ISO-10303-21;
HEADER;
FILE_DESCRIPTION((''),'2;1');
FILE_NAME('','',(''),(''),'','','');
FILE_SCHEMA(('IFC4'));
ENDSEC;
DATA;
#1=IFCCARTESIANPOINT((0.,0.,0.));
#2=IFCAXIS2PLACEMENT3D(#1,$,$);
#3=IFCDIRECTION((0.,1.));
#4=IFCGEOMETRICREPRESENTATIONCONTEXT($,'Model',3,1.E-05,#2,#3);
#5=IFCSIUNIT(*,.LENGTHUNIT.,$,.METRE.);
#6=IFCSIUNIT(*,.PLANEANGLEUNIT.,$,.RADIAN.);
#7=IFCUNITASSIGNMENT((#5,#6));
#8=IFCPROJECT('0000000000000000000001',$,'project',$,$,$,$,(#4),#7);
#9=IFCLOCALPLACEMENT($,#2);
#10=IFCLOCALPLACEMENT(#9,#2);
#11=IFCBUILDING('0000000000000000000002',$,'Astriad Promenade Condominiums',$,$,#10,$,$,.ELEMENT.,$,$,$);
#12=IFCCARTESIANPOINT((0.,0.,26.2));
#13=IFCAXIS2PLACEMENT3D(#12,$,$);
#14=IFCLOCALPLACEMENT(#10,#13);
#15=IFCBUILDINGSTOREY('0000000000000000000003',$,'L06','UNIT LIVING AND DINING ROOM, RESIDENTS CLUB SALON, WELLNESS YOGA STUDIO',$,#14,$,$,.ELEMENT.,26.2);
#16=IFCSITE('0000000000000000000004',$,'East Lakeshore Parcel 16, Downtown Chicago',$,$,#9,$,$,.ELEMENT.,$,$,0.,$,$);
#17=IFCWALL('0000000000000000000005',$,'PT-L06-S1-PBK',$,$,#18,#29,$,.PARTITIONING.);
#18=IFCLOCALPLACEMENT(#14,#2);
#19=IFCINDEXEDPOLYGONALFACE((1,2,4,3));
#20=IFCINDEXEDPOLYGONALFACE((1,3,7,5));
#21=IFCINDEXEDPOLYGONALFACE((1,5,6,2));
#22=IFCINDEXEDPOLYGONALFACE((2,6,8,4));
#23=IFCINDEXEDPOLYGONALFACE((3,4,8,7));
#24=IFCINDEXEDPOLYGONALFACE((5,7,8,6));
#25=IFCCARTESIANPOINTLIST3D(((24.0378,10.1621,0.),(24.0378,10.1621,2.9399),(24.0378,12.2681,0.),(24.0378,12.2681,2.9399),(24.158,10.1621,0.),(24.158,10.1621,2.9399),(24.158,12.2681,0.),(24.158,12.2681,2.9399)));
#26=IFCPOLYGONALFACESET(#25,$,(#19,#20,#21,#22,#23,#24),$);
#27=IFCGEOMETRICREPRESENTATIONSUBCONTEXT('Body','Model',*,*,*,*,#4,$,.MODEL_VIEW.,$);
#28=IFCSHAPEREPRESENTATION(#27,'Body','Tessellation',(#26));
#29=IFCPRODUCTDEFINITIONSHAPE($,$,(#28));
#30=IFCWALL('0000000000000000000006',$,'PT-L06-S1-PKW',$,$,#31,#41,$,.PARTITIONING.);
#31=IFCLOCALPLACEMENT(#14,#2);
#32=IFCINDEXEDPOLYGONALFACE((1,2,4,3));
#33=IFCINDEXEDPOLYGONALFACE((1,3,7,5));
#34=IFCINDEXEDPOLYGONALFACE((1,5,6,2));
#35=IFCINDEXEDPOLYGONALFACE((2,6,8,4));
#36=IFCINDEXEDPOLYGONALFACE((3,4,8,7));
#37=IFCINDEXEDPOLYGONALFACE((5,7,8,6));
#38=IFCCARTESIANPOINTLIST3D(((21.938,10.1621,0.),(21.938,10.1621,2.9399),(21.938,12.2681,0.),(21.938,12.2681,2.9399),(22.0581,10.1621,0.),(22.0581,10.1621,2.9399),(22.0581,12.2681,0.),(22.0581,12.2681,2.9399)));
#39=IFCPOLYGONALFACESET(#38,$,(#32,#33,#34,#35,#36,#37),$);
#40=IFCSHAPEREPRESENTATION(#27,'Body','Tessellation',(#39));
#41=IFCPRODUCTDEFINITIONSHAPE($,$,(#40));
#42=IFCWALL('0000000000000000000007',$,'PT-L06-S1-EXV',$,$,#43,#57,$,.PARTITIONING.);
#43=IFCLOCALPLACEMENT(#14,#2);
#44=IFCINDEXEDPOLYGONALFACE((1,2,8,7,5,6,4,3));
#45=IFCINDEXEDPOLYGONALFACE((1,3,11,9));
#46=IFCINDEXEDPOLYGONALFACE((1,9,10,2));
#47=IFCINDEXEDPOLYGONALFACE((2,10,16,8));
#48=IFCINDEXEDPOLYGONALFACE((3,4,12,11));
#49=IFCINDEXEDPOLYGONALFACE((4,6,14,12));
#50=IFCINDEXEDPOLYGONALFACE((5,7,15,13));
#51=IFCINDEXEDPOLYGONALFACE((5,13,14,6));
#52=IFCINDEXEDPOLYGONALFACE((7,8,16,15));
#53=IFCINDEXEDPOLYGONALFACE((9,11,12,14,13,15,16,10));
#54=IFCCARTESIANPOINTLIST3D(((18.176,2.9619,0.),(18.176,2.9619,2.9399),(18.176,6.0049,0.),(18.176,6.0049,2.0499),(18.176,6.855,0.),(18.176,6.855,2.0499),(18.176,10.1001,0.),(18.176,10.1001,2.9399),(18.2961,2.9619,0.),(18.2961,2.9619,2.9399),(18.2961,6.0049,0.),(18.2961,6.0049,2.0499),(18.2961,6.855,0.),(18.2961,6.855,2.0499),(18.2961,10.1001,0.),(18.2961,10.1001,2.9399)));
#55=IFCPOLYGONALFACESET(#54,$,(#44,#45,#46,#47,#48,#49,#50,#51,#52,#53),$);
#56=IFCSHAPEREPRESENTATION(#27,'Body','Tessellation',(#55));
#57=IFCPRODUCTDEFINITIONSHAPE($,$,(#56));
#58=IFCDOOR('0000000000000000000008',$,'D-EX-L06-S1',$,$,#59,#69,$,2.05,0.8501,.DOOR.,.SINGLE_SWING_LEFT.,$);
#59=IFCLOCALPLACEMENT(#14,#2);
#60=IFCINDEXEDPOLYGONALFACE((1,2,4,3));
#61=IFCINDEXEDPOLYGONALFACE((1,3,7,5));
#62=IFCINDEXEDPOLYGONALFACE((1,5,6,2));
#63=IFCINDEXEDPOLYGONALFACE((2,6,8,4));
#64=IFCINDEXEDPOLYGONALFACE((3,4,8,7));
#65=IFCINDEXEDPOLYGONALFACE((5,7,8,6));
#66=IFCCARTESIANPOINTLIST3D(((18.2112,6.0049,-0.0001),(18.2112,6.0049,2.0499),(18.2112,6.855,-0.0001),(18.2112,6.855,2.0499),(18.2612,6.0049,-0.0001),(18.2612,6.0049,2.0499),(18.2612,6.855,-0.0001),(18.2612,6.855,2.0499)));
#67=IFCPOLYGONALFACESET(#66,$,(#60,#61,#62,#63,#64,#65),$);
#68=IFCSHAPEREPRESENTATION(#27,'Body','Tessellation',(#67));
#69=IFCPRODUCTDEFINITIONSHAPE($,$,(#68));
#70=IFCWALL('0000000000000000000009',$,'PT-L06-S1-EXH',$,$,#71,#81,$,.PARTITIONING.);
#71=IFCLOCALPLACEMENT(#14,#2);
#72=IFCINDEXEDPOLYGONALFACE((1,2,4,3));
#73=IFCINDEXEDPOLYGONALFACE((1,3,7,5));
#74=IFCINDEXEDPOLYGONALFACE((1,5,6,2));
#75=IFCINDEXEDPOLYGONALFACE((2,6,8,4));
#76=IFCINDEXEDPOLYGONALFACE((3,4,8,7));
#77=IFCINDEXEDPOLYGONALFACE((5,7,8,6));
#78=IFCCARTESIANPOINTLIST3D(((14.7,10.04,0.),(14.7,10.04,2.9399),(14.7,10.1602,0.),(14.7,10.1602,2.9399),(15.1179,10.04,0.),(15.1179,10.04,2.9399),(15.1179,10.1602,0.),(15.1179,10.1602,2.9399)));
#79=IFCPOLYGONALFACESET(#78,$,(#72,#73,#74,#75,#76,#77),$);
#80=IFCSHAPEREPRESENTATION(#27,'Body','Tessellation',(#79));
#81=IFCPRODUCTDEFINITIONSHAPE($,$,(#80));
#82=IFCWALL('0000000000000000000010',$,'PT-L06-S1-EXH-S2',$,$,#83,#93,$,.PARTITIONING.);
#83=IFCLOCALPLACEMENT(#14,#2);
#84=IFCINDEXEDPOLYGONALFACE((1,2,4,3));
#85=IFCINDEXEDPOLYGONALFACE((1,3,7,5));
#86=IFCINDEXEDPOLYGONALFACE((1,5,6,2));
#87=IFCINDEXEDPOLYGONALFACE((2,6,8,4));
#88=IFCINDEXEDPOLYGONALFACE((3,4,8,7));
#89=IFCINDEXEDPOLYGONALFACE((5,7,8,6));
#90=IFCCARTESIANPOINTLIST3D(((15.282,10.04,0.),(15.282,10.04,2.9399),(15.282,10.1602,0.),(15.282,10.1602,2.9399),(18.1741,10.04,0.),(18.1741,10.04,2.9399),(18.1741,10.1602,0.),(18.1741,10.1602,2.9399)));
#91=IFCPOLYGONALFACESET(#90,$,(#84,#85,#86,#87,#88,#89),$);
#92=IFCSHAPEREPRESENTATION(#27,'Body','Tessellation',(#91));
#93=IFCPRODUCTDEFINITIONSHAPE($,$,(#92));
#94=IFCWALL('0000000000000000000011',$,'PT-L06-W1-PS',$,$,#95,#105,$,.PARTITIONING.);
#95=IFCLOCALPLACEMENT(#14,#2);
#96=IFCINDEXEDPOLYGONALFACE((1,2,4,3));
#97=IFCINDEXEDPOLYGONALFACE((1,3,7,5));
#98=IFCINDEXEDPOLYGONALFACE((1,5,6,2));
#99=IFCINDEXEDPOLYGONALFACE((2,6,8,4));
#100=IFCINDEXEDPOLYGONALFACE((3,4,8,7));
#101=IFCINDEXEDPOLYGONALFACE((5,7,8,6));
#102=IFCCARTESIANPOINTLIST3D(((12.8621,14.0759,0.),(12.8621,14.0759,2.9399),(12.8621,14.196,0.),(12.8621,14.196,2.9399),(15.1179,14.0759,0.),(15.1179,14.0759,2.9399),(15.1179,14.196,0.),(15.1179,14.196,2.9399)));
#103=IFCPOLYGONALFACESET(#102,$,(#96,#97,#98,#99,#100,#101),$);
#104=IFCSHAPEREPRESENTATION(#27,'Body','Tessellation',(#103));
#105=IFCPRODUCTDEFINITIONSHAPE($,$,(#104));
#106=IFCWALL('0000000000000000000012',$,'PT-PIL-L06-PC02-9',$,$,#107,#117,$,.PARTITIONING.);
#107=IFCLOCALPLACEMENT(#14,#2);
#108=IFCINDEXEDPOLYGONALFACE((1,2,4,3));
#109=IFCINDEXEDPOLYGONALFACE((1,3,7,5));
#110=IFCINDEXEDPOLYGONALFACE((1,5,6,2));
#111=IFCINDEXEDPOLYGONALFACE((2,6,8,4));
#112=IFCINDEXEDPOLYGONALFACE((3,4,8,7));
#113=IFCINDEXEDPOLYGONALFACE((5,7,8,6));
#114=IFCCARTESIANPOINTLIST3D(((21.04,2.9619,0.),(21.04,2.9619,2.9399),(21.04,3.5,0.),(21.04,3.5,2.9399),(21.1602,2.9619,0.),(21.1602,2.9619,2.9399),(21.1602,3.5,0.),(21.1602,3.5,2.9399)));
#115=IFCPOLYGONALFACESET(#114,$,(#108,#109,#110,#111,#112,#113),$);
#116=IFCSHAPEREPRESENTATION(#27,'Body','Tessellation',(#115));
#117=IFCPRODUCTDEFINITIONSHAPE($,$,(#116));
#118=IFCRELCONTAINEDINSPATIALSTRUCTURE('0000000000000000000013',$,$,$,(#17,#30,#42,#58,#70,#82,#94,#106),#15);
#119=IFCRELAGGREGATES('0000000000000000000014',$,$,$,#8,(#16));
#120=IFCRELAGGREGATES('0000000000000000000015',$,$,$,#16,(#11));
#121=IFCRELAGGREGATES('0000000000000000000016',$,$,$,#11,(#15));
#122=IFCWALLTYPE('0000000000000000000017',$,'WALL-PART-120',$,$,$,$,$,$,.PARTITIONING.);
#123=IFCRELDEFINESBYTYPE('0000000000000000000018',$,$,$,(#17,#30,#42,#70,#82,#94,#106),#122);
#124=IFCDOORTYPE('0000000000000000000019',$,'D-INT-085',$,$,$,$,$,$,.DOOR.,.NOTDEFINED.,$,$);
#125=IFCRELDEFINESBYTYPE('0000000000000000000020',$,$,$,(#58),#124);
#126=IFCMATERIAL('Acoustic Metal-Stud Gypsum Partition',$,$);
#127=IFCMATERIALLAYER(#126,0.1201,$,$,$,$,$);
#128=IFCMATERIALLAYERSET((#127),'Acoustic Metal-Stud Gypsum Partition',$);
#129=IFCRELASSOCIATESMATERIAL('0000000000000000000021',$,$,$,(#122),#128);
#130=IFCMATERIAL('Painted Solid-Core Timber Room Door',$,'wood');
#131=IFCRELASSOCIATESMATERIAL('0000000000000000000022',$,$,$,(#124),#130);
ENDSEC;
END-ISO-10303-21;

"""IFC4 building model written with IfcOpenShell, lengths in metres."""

from ifc_helpers import new_model, si_unit, direction, frame, frame_2d, origin, place, context, subcontext, project, spatial, rectangle, extrude, source, transform, mapped, material, layer, layer_set, type_object, type_shapes, element, fill, save


model = new_model("IFC4")

# Units and contexts
model_context = context("Model", 3, precision=1e-05, world=origin(), true_north=direction((0.0, 1.0)))
body_context = subcontext(model_context, "Body", "Model", "MODEL_VIEW")
ifc_project = project(units=[si_unit("LENGTHUNIT", "METRE"), si_unit("PLANEANGLEUNIT", "RADIAN")], contexts=[model_context])

# Site, building, storey
site_placement = place(None, origin())
site = spatial("IfcSite", under=ifc_project, at=site_placement, Name="East Lakeshore Parcel 16, Downtown Chicago", CompositionType="ELEMENT", RefElevation=0.0)
building_placement = place(site_placement, origin())
building = spatial("IfcBuilding", under=site, at=building_placement, Name="Astriad Promenade Condominiums", CompositionType="ELEMENT")
storey_placement = place(building_placement, frame((0.0, 0.0, 26.2)))
storey = spatial("IfcBuildingStorey", under=building, at=storey_placement, Name="L06", Description="UNIT LIVING AND DINING ROOM, RESIDENTS CLUB SALON, WELLNESS YOGA STUDIO", CompositionType="ELEMENT", Elevation=26.2)

# Shared definitions
ifc_material_1 = material(Name="Acoustic Metal-Stud Gypsum Partition")
ifc_layer_1 = layer(ifc_material_1, 0.1201)
ifc_layer_set_1 = layer_set([ifc_layer_1], Name="Acoustic Metal-Stud Gypsum Partition")
wall_type_1 = type_object("IfcWallType", Name="WALL-PART-120", PredefinedType="PARTITIONING", material=ifc_layer_set_1)

# Shared definitions
ifc_material_2 = material(Name="Painted Solid-Core Timber Room Door", Category="wood")
door_type_1 = type_object("IfcDoorType", Name="D-INT-085", OperationType="NOTDEFINED", PredefinedType="DOOR", material=ifc_material_2)
shared_shape_1 = source(origin(), body_context, "Body", "SweptSolid", [
    extrude(rectangle(XDim=0.8501, YDim=2.05, at=frame_2d((0.425, 1.0249))), frame((0.0, 0.0249, 0.0), z_axis=(0.0, -1.0, 0.0), x_axis=(1.0, 0.0, 0.0)), (0.0, 0.0, 1.0), 0.05),
])
type_shapes(door_type_1, [shared_shape_1])

# Walls
for number, where, z_axis, x_axis, name in (
    (1, (24.0979, 10.1621, 0.0), (0.0, 0.0, 1.0), (0.0, 1.0, 0.0), "PT-L06-S1-PBK"),
    (2, (21.998, 10.1621, 0.0), (0.0, 0.0, 1.0), (0.0, 1.0, 0.0), "PT-L06-S1-PKW"),
):
    element("IfcWall", number, at=place(storey_placement, frame(where, z_axis=z_axis, x_axis=x_axis)), inside=storey, type_object=wall_type_1, Name=name, PredefinedType="PARTITIONING", context=body_context, shape_type="SweptSolid", body=[
        extrude(rectangle(XDim=2.106, YDim=0.1201, at=frame_2d((1.053, 0.0))), origin(), (0.0, 0.0, 1.0), 2.9399),
    ])

# Wall, opening, door
wall_1_placement = place(storey_placement, frame((18.2361, 2.9619, 0.0), z_axis=(0.0, 0.0, 1.0), x_axis=(0.0, 1.0, 0.0)))
wall_1 = element("IfcWall", 3, at=wall_1_placement, inside=storey, type_object=wall_type_1, Name="PT-L06-S1-EXV", PredefinedType="PARTITIONING", context=body_context, shape_type="SweptSolid", body=[
    extrude(rectangle(XDim=7.1382, YDim=0.1201, at=frame_2d((3.5691, 0.0))), origin(), (0.0, 0.0, 1.0), 2.9399),
])
opening_1_placement = place(wall_1_placement, frame((3.043, 0.0, 0.0)))
opening_1 = element("IfcOpeningElement", 4, at=opening_1_placement, cuts=wall_1, PredefinedType="OPENING", context=body_context, shape_type="SweptSolid", body=[
    extrude(rectangle(XDim=0.8501, YDim=2.05, at=frame_2d((0.425, 1.0249))), frame((0.0, 0.0701, 0.0), z_axis=(0.0, -1.0, 0.0), x_axis=(1.0, 0.0, 0.0)), (0.0, 0.0, 1.0), 0.1401),
])
door_1_placement = place(opening_1_placement, origin())
door_1 = element("IfcDoor", 5, at=door_1_placement, inside=storey, type_object=door_type_1, Name="D-EX-L06-S1", OperationType="SINGLE_SWING_LEFT", OverallHeight=2.05, OverallWidth=0.8501, PredefinedType="DOOR", context=body_context, shape_type="MappedRepresentation", body=[
    mapped(shared_shape_1, transform((0.0, 0.0, 0.0), scale=1.0)),
])
fill(opening_1, door_1)

# Walls
wall_2_placement = place(storey_placement, frame((14.7, 10.1001, 0.0), z_axis=(0.0, 0.0, 1.0), x_axis=(1.0, 0.0, 0.0)))
element("IfcWall", 6, at=wall_2_placement, inside=storey, type_object=wall_type_1, Name="PT-L06-S1-EXH", PredefinedType="PARTITIONING", context=body_context, shape_type="SweptSolid", body=[
    extrude(rectangle(XDim=0.418, YDim=0.1201, at=frame_2d((0.209, 0.0))), origin(), (0.0, 0.0, 1.0), 2.9399),
])
wall_3_placement = place(storey_placement, frame((15.282, 10.1001, 0.0), z_axis=(0.0, 0.0, 1.0), x_axis=(1.0, 0.0, 0.0)))
element("IfcWall", 7, at=wall_3_placement, inside=storey, type_object=wall_type_1, Name="PT-L06-S1-EXH-S2", PredefinedType="PARTITIONING", context=body_context, shape_type="SweptSolid", body=[
    extrude(rectangle(XDim=2.8921, YDim=0.1201, at=frame_2d((1.446, 0.0))), origin(), (0.0, 0.0, 1.0), 2.9399),
])
wall_4_placement = place(storey_placement, frame((12.8621, 14.136, 0.0), z_axis=(0.0, 0.0, 1.0), x_axis=(1.0, 0.0, 0.0)))
element("IfcWall", 8, at=wall_4_placement, inside=storey, type_object=wall_type_1, Name="PT-L06-W1-PS", PredefinedType="PARTITIONING", context=body_context, shape_type="SweptSolid", body=[
    extrude(rectangle(XDim=2.2559, YDim=0.1201, at=frame_2d((1.1279, 0.0))), origin(), (0.0, 0.0, 1.0), 2.9399),
])
wall_5_placement = place(storey_placement, frame((21.1001, 3.5, 0.0), z_axis=(0.0, 0.0, 1.0), x_axis=(0.0, -1.0, 0.0)))
element("IfcWall", 9, at=wall_5_placement, inside=storey, type_object=wall_type_1, Name="PT-PIL-L06-PC02-9", PredefinedType="PARTITIONING", context=body_context, shape_type="SweptSolid", body=[
    extrude(rectangle(XDim=0.5381, YDim=0.1201, at=frame_2d((0.269, 0.0))), origin(), (0.0, 0.0, 1.0), 2.9399),
])

save(model, "model.ifc")
